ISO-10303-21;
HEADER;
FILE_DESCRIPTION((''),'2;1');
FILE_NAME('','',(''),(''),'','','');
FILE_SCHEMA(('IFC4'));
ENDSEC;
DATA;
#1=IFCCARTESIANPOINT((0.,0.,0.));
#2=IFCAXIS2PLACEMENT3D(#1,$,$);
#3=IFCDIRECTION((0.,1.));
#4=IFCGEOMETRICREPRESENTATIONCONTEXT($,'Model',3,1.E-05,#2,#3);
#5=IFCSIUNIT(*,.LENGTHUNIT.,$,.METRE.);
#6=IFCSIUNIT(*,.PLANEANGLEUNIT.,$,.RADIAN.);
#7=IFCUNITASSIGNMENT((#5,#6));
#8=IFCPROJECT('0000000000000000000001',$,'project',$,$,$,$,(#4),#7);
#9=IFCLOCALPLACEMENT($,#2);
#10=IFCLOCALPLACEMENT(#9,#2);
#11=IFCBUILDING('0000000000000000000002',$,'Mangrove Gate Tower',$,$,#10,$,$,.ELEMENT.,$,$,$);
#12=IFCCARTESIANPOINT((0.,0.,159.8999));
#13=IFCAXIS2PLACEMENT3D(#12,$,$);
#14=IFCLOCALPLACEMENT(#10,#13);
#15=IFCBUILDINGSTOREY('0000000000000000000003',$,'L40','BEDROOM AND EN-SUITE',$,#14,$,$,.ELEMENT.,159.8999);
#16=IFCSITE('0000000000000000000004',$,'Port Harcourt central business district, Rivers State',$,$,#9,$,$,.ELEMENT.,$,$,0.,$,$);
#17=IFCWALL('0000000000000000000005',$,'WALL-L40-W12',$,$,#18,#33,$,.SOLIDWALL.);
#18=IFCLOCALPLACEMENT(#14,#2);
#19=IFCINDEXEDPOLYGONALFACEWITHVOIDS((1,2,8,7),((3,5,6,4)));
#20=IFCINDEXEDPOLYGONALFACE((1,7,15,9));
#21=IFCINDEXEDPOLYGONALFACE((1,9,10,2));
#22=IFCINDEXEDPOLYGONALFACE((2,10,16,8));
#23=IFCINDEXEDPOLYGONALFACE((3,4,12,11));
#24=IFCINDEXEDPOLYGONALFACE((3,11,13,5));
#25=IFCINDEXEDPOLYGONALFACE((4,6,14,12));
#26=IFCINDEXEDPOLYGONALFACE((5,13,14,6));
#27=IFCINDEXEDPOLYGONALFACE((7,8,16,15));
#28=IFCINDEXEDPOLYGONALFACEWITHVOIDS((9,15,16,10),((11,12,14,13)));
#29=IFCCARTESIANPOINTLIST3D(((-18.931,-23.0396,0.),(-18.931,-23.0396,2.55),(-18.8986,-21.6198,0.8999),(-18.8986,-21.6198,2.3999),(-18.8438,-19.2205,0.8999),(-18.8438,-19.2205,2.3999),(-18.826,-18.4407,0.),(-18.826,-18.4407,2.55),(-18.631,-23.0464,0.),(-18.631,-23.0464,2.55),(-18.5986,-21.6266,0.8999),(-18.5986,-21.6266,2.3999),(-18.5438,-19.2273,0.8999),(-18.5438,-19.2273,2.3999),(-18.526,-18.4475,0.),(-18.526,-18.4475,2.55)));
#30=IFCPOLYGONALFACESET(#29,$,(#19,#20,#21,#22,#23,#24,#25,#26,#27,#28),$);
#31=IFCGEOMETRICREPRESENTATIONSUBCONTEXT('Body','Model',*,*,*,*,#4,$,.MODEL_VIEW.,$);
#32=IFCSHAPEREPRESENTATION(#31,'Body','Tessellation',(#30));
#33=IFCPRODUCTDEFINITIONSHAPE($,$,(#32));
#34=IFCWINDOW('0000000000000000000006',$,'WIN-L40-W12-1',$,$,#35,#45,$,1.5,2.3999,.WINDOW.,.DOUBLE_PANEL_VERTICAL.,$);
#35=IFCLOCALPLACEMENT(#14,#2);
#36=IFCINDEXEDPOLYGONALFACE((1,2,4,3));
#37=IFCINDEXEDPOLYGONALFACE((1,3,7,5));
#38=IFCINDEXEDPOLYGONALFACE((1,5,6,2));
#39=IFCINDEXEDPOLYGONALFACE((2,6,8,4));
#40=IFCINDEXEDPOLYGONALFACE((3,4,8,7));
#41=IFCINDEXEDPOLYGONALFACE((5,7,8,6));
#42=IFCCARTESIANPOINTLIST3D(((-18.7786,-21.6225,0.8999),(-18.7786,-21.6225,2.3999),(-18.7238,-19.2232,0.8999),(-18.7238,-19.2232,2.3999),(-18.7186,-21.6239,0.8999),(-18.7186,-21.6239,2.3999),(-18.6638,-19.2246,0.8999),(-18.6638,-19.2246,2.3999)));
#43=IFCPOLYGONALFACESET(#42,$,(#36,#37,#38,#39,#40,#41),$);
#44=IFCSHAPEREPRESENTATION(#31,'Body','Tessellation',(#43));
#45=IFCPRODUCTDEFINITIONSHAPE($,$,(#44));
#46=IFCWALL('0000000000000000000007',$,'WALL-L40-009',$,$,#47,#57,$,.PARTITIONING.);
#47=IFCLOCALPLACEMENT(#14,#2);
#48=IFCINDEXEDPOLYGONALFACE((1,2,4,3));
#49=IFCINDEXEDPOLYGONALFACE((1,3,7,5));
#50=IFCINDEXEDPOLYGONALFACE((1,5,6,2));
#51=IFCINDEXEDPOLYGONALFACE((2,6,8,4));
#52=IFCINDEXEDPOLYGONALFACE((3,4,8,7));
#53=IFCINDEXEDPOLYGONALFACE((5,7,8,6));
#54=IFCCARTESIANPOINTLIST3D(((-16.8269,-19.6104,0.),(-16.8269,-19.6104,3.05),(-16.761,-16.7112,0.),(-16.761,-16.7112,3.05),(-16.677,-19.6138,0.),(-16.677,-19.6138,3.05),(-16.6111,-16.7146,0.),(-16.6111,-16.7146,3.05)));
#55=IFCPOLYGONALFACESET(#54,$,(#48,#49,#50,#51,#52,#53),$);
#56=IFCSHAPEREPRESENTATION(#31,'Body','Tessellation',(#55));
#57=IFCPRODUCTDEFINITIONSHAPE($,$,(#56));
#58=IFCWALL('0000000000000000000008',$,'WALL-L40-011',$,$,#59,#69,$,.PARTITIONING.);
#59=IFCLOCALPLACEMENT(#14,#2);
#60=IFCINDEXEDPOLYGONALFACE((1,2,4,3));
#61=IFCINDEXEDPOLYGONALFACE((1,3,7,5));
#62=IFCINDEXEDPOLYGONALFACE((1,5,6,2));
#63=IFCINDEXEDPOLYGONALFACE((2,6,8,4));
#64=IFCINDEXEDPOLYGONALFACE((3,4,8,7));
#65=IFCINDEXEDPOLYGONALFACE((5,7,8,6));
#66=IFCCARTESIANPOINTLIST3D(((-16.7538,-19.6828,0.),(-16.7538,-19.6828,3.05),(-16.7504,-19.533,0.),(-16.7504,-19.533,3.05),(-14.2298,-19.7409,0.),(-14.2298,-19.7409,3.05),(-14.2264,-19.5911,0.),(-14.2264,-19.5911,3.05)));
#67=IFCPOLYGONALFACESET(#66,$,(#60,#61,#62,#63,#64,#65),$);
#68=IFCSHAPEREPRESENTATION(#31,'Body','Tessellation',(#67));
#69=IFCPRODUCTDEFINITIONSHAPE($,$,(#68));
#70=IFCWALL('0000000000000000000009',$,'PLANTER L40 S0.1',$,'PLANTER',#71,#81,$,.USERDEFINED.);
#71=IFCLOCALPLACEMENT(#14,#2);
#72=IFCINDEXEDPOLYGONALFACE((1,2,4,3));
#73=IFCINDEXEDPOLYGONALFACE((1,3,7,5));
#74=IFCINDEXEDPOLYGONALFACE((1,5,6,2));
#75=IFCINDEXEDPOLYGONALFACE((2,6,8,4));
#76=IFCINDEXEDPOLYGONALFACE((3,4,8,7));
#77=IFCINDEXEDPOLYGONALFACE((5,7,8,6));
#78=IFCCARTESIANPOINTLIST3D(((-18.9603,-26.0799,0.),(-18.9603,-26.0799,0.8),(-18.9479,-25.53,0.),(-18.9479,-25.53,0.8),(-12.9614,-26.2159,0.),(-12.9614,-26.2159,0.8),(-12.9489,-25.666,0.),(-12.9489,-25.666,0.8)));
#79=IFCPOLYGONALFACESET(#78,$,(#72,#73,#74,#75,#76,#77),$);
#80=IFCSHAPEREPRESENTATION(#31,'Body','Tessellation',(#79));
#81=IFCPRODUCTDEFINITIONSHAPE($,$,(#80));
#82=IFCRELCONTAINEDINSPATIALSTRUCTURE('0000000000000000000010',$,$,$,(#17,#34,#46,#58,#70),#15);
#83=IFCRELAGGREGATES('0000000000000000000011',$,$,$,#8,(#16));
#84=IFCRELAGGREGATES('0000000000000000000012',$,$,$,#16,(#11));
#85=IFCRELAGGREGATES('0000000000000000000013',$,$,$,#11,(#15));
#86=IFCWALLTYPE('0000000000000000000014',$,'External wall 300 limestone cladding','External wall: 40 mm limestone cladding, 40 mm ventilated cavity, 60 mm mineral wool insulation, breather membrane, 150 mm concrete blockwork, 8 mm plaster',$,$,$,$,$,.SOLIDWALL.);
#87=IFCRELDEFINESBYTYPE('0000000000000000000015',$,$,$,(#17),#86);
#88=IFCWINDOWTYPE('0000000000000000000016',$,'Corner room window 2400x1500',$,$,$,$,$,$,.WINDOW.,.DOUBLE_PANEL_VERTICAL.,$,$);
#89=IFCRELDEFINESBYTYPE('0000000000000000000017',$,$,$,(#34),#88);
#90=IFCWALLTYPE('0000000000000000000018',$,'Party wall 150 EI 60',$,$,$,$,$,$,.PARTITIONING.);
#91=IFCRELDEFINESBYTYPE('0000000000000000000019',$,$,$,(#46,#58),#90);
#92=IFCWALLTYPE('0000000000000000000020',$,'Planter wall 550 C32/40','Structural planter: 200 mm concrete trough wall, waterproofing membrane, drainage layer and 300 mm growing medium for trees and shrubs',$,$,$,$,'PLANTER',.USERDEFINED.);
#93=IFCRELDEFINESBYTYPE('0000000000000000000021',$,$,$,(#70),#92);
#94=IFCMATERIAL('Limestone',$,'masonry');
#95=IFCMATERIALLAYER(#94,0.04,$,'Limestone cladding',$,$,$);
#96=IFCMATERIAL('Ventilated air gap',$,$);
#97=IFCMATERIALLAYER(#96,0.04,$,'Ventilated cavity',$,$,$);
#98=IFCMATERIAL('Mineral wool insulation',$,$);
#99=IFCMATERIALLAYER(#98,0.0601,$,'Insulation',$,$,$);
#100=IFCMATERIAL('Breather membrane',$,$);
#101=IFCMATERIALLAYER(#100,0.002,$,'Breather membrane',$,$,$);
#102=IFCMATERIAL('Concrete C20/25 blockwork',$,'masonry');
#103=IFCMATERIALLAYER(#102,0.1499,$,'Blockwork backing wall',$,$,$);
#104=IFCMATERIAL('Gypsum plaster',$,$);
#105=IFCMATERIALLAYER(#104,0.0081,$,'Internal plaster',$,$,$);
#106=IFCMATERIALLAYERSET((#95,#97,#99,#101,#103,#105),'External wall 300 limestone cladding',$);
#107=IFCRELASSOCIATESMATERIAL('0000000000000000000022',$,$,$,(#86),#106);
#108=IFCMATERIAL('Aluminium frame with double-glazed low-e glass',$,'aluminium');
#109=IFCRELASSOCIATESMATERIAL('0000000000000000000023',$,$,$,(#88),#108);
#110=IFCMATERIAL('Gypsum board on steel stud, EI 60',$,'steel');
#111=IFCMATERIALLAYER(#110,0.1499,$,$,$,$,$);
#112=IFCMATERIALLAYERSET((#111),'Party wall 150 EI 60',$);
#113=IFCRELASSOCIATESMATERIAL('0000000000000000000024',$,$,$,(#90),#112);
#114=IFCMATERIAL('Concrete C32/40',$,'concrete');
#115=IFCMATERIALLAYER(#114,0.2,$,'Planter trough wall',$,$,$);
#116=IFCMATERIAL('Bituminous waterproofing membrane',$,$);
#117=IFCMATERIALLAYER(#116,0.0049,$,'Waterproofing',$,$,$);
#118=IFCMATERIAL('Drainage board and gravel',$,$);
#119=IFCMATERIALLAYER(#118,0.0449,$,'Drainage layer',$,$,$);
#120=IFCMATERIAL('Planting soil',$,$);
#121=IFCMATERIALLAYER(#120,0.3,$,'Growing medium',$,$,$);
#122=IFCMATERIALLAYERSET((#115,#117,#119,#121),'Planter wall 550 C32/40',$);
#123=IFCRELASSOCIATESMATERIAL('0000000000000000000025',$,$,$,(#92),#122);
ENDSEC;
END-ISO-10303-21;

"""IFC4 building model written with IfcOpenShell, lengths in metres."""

from ifc_helpers import new_model, si_unit, direction, frame, frame_2d, origin, place, context, subcontext, project, spatial, rectangle, extrude, material, layer, layer_set, type_object, element, fill, save


model = new_model("IFC4")

# Units and contexts
model_context = context("Model", 3, precision=1e-05, world=origin(), true_north=direction((0.0, 1.0)))
body_context = subcontext(model_context, "Body", "Model", "MODEL_VIEW")
ifc_project = project(units=[si_unit("LENGTHUNIT", "METRE"), si_unit("PLANEANGLEUNIT", "RADIAN")], contexts=[model_context])

# Site, building, storey
site_placement = place(None, origin())
site = spatial("IfcSite", under=ifc_project, at=site_placement, Name="Port Harcourt central business district, Rivers State", CompositionType="ELEMENT", RefElevation=0.0)
building_placement = place(site_placement, origin())
building = spatial("IfcBuilding", under=site, at=building_placement, Name="Mangrove Gate Tower", CompositionType="ELEMENT")
storey_placement = place(building_placement, frame((0.0, 0.0, 159.8999)))
storey = spatial("IfcBuildingStorey", under=building, at=storey_placement, Name="L40", Description="BEDROOM AND EN-SUITE", CompositionType="ELEMENT", Elevation=159.8999)

# Wall, opening, window
ifc_material_1 = material(Name="Limestone", Category="masonry")
ifc_layer_1 = layer(ifc_material_1, 0.04, Name="Limestone cladding")
ifc_material_2 = material(Name="Ventilated air gap")
ifc_layer_2 = layer(ifc_material_2, 0.04, Name="Ventilated cavity")
ifc_material_3 = material(Name="Mineral wool insulation")
ifc_layer_3 = layer(ifc_material_3, 0.0601, Name="Insulation")
ifc_material_4 = material(Name="Breather membrane")
ifc_layer_4 = layer(ifc_material_4, 0.002, Name="Breather membrane")
ifc_material_5 = material(Name="Concrete C20/25 blockwork", Category="masonry")
ifc_layer_5 = layer(ifc_material_5, 0.1499, Name="Blockwork backing wall")
ifc_material_6 = material(Name="Gypsum plaster")
ifc_layer_6 = layer(ifc_material_6, 0.0081, Name="Internal plaster")
ifc_layer_set_1 = layer_set([ifc_layer_1, ifc_layer_2, ifc_layer_3, ifc_layer_4, ifc_layer_5, ifc_layer_6], Name="External wall 300 limestone cladding")
wall_type_1 = type_object("IfcWallType", Name="External wall 300 limestone cladding", Description="External wall: 40 mm limestone cladding, 40 mm ventilated cavity, 60 mm mineral wool insulation, breather membrane, 150 mm concrete blockwork, 8 mm plaster", PredefinedType="SOLIDWALL", material=ifc_layer_set_1)
ifc_material_7 = material(Name="Aluminium frame with double-glazed low-e glass", Category="aluminium")
window_type = type_object("IfcWindowType", Name="Corner room window 2400x1500", PartitioningType="DOUBLE_PANEL_VERTICAL", PredefinedType="WINDOW", material=ifc_material_7)
wall_1_placement = place(storey_placement, frame((-18.676, -18.4441, 0.0), z_axis=(0.0, 0.0, 1.0), x_axis=(-0.022821, -0.99974, 0.0)))
wall_1 = element("IfcWall", 1, at=wall_1_placement, inside=storey, type_object=wall_type_1, Name="WALL-L40-W12", PredefinedType="SOLIDWALL", context=body_context, shape_type="SweptSolid", body=[
    extrude(rectangle(XDim=4.6001, YDim=0.3, at=frame_2d((2.3, 0.0))), origin(), (0.0, 0.0, 1.0), 2.55),
])
opening_1_placement = place(wall_1_placement, frame((0.78, 0.0, 0.8999)))
opening_1 = element("IfcOpeningElement", 2, at=opening_1_placement, cuts=wall_1, PredefinedType="OPENING", context=body_context, shape_type="SweptSolid", body=[
    extrude(rectangle(XDim=2.3999, YDim=1.5, at=frame_2d((1.2, 0.75))), frame((0.0, 0.1599, 0.0), z_axis=(0.0, -1.0, 0.0), x_axis=(1.0, 0.0, 0.0)), (0.0, 0.0, 1.0), 0.3201),
])
window_1_placement = place(opening_1_placement, origin())
window_1 = element("IfcWindow", 3, at=window_1_placement, inside=storey, type_object=window_type, Name="WIN-L40-W12-1", OverallHeight=1.5, OverallWidth=2.3999, PartitioningType="DOUBLE_PANEL_VERTICAL", PredefinedType="WINDOW", context=body_context, shape_type="SweptSolid", body=[
    extrude(rectangle(XDim=2.3999, YDim=1.5, at=frame_2d((1.2, 0.75))), frame((0.0, 0.03, 0.0), z_axis=(0.0, -1.0, 0.0), x_axis=(1.0, 0.0, 0.0)), (0.0, 0.0, 1.0), 0.0601),
])
fill(opening_1, window_1)

# Walls
ifc_material_8 = material(Name="Gypsum board on steel stud, EI 60", Category="steel")
ifc_layer_7 = layer(ifc_material_8, 0.1499)
ifc_layer_set_2 = layer_set([ifc_layer_7], Name="Party wall 150 EI 60")
wall_type_2 = type_object("IfcWallType", Name="Party wall 150 EI 60", PredefinedType="PARTITIONING", material=ifc_layer_set_2)
wall_2_placement = place(storey_placement, frame((-16.752, -19.6121, 0.0), z_axis=(0.0, 0.0, 1.0), x_axis=(0.022731, 0.999742, 0.0)))
element("IfcWall", 4, at=wall_2_placement, inside=storey, type_object=wall_type_2, Name="WALL-L40-009", PredefinedType="PARTITIONING", context=body_context, shape_type="SweptSolid", body=[
    extrude(rectangle(XDim=2.8999, YDim=0.1499, at=frame_2d((1.45, 0.0))), origin(), (0.0, 0.0, 1.0), 3.05),
])
wall_3_placement = place(storey_placement, frame((-16.752, -19.6079, 0.0), z_axis=(0.0, 0.0, 1.0), x_axis=(0.999735, -0.023016, 0.0)))
element("IfcWall", 5, at=wall_3_placement, inside=storey, type_object=wall_type_2, Name="WALL-L40-011", PredefinedType="PARTITIONING", context=body_context, shape_type="SweptSolid", body=[
    extrude(rectangle(XDim=2.5247, YDim=0.1499, at=frame_2d((1.2622, 0.0))), origin(), (0.0, 0.0, 1.0), 3.05),
])
ifc_material_9 = material(Name="Concrete C32/40", Category="concrete")
ifc_layer_8 = layer(ifc_material_9, 0.2, Name="Planter trough wall")
ifc_material_10 = material(Name="Bituminous waterproofing membrane")
ifc_layer_9 = layer(ifc_material_10, 0.0049, Name="Waterproofing")
ifc_material_11 = material(Name="Drainage board and gravel")
ifc_layer_10 = layer(ifc_material_11, 0.0449, Name="Drainage layer")
ifc_material_12 = material(Name="Planting soil")
ifc_layer_11 = layer(ifc_material_12, 0.3, Name="Growing medium")
ifc_layer_set_3 = layer_set([ifc_layer_8, ifc_layer_9, ifc_layer_10, ifc_layer_11], Name="Planter wall 550 C32/40")
wall_type_3 = type_object("IfcWallType", Name="Planter wall 550 C32/40", Description="Structural planter: 200 mm concrete trough wall, waterproofing membrane, drainage layer and 300 mm growing medium for trees and shrubs", ElementType="PLANTER", PredefinedType="USERDEFINED", material=ifc_layer_set_3)
wall_4_placement = place(storey_placement, frame((-18.9541, -25.8049, 0.0), z_axis=(0.0, 0.0, 1.0), x_axis=(0.999743, -0.022662, 0.0)))
element("IfcWall", 6, at=wall_4_placement, inside=storey, type_object=wall_type_3, Name="PLANTER L40 S0.1", ObjectType="PLANTER", PredefinedType="USERDEFINED", context=body_context, shape_type="SweptSolid", body=[
    extrude(rectangle(XDim=6.0005, YDim=0.55, at=frame_2d((3.0002, 0.0))), origin(), (0.0, 0.0, 1.0), 0.8),
])

save(model, "model.ifc")
